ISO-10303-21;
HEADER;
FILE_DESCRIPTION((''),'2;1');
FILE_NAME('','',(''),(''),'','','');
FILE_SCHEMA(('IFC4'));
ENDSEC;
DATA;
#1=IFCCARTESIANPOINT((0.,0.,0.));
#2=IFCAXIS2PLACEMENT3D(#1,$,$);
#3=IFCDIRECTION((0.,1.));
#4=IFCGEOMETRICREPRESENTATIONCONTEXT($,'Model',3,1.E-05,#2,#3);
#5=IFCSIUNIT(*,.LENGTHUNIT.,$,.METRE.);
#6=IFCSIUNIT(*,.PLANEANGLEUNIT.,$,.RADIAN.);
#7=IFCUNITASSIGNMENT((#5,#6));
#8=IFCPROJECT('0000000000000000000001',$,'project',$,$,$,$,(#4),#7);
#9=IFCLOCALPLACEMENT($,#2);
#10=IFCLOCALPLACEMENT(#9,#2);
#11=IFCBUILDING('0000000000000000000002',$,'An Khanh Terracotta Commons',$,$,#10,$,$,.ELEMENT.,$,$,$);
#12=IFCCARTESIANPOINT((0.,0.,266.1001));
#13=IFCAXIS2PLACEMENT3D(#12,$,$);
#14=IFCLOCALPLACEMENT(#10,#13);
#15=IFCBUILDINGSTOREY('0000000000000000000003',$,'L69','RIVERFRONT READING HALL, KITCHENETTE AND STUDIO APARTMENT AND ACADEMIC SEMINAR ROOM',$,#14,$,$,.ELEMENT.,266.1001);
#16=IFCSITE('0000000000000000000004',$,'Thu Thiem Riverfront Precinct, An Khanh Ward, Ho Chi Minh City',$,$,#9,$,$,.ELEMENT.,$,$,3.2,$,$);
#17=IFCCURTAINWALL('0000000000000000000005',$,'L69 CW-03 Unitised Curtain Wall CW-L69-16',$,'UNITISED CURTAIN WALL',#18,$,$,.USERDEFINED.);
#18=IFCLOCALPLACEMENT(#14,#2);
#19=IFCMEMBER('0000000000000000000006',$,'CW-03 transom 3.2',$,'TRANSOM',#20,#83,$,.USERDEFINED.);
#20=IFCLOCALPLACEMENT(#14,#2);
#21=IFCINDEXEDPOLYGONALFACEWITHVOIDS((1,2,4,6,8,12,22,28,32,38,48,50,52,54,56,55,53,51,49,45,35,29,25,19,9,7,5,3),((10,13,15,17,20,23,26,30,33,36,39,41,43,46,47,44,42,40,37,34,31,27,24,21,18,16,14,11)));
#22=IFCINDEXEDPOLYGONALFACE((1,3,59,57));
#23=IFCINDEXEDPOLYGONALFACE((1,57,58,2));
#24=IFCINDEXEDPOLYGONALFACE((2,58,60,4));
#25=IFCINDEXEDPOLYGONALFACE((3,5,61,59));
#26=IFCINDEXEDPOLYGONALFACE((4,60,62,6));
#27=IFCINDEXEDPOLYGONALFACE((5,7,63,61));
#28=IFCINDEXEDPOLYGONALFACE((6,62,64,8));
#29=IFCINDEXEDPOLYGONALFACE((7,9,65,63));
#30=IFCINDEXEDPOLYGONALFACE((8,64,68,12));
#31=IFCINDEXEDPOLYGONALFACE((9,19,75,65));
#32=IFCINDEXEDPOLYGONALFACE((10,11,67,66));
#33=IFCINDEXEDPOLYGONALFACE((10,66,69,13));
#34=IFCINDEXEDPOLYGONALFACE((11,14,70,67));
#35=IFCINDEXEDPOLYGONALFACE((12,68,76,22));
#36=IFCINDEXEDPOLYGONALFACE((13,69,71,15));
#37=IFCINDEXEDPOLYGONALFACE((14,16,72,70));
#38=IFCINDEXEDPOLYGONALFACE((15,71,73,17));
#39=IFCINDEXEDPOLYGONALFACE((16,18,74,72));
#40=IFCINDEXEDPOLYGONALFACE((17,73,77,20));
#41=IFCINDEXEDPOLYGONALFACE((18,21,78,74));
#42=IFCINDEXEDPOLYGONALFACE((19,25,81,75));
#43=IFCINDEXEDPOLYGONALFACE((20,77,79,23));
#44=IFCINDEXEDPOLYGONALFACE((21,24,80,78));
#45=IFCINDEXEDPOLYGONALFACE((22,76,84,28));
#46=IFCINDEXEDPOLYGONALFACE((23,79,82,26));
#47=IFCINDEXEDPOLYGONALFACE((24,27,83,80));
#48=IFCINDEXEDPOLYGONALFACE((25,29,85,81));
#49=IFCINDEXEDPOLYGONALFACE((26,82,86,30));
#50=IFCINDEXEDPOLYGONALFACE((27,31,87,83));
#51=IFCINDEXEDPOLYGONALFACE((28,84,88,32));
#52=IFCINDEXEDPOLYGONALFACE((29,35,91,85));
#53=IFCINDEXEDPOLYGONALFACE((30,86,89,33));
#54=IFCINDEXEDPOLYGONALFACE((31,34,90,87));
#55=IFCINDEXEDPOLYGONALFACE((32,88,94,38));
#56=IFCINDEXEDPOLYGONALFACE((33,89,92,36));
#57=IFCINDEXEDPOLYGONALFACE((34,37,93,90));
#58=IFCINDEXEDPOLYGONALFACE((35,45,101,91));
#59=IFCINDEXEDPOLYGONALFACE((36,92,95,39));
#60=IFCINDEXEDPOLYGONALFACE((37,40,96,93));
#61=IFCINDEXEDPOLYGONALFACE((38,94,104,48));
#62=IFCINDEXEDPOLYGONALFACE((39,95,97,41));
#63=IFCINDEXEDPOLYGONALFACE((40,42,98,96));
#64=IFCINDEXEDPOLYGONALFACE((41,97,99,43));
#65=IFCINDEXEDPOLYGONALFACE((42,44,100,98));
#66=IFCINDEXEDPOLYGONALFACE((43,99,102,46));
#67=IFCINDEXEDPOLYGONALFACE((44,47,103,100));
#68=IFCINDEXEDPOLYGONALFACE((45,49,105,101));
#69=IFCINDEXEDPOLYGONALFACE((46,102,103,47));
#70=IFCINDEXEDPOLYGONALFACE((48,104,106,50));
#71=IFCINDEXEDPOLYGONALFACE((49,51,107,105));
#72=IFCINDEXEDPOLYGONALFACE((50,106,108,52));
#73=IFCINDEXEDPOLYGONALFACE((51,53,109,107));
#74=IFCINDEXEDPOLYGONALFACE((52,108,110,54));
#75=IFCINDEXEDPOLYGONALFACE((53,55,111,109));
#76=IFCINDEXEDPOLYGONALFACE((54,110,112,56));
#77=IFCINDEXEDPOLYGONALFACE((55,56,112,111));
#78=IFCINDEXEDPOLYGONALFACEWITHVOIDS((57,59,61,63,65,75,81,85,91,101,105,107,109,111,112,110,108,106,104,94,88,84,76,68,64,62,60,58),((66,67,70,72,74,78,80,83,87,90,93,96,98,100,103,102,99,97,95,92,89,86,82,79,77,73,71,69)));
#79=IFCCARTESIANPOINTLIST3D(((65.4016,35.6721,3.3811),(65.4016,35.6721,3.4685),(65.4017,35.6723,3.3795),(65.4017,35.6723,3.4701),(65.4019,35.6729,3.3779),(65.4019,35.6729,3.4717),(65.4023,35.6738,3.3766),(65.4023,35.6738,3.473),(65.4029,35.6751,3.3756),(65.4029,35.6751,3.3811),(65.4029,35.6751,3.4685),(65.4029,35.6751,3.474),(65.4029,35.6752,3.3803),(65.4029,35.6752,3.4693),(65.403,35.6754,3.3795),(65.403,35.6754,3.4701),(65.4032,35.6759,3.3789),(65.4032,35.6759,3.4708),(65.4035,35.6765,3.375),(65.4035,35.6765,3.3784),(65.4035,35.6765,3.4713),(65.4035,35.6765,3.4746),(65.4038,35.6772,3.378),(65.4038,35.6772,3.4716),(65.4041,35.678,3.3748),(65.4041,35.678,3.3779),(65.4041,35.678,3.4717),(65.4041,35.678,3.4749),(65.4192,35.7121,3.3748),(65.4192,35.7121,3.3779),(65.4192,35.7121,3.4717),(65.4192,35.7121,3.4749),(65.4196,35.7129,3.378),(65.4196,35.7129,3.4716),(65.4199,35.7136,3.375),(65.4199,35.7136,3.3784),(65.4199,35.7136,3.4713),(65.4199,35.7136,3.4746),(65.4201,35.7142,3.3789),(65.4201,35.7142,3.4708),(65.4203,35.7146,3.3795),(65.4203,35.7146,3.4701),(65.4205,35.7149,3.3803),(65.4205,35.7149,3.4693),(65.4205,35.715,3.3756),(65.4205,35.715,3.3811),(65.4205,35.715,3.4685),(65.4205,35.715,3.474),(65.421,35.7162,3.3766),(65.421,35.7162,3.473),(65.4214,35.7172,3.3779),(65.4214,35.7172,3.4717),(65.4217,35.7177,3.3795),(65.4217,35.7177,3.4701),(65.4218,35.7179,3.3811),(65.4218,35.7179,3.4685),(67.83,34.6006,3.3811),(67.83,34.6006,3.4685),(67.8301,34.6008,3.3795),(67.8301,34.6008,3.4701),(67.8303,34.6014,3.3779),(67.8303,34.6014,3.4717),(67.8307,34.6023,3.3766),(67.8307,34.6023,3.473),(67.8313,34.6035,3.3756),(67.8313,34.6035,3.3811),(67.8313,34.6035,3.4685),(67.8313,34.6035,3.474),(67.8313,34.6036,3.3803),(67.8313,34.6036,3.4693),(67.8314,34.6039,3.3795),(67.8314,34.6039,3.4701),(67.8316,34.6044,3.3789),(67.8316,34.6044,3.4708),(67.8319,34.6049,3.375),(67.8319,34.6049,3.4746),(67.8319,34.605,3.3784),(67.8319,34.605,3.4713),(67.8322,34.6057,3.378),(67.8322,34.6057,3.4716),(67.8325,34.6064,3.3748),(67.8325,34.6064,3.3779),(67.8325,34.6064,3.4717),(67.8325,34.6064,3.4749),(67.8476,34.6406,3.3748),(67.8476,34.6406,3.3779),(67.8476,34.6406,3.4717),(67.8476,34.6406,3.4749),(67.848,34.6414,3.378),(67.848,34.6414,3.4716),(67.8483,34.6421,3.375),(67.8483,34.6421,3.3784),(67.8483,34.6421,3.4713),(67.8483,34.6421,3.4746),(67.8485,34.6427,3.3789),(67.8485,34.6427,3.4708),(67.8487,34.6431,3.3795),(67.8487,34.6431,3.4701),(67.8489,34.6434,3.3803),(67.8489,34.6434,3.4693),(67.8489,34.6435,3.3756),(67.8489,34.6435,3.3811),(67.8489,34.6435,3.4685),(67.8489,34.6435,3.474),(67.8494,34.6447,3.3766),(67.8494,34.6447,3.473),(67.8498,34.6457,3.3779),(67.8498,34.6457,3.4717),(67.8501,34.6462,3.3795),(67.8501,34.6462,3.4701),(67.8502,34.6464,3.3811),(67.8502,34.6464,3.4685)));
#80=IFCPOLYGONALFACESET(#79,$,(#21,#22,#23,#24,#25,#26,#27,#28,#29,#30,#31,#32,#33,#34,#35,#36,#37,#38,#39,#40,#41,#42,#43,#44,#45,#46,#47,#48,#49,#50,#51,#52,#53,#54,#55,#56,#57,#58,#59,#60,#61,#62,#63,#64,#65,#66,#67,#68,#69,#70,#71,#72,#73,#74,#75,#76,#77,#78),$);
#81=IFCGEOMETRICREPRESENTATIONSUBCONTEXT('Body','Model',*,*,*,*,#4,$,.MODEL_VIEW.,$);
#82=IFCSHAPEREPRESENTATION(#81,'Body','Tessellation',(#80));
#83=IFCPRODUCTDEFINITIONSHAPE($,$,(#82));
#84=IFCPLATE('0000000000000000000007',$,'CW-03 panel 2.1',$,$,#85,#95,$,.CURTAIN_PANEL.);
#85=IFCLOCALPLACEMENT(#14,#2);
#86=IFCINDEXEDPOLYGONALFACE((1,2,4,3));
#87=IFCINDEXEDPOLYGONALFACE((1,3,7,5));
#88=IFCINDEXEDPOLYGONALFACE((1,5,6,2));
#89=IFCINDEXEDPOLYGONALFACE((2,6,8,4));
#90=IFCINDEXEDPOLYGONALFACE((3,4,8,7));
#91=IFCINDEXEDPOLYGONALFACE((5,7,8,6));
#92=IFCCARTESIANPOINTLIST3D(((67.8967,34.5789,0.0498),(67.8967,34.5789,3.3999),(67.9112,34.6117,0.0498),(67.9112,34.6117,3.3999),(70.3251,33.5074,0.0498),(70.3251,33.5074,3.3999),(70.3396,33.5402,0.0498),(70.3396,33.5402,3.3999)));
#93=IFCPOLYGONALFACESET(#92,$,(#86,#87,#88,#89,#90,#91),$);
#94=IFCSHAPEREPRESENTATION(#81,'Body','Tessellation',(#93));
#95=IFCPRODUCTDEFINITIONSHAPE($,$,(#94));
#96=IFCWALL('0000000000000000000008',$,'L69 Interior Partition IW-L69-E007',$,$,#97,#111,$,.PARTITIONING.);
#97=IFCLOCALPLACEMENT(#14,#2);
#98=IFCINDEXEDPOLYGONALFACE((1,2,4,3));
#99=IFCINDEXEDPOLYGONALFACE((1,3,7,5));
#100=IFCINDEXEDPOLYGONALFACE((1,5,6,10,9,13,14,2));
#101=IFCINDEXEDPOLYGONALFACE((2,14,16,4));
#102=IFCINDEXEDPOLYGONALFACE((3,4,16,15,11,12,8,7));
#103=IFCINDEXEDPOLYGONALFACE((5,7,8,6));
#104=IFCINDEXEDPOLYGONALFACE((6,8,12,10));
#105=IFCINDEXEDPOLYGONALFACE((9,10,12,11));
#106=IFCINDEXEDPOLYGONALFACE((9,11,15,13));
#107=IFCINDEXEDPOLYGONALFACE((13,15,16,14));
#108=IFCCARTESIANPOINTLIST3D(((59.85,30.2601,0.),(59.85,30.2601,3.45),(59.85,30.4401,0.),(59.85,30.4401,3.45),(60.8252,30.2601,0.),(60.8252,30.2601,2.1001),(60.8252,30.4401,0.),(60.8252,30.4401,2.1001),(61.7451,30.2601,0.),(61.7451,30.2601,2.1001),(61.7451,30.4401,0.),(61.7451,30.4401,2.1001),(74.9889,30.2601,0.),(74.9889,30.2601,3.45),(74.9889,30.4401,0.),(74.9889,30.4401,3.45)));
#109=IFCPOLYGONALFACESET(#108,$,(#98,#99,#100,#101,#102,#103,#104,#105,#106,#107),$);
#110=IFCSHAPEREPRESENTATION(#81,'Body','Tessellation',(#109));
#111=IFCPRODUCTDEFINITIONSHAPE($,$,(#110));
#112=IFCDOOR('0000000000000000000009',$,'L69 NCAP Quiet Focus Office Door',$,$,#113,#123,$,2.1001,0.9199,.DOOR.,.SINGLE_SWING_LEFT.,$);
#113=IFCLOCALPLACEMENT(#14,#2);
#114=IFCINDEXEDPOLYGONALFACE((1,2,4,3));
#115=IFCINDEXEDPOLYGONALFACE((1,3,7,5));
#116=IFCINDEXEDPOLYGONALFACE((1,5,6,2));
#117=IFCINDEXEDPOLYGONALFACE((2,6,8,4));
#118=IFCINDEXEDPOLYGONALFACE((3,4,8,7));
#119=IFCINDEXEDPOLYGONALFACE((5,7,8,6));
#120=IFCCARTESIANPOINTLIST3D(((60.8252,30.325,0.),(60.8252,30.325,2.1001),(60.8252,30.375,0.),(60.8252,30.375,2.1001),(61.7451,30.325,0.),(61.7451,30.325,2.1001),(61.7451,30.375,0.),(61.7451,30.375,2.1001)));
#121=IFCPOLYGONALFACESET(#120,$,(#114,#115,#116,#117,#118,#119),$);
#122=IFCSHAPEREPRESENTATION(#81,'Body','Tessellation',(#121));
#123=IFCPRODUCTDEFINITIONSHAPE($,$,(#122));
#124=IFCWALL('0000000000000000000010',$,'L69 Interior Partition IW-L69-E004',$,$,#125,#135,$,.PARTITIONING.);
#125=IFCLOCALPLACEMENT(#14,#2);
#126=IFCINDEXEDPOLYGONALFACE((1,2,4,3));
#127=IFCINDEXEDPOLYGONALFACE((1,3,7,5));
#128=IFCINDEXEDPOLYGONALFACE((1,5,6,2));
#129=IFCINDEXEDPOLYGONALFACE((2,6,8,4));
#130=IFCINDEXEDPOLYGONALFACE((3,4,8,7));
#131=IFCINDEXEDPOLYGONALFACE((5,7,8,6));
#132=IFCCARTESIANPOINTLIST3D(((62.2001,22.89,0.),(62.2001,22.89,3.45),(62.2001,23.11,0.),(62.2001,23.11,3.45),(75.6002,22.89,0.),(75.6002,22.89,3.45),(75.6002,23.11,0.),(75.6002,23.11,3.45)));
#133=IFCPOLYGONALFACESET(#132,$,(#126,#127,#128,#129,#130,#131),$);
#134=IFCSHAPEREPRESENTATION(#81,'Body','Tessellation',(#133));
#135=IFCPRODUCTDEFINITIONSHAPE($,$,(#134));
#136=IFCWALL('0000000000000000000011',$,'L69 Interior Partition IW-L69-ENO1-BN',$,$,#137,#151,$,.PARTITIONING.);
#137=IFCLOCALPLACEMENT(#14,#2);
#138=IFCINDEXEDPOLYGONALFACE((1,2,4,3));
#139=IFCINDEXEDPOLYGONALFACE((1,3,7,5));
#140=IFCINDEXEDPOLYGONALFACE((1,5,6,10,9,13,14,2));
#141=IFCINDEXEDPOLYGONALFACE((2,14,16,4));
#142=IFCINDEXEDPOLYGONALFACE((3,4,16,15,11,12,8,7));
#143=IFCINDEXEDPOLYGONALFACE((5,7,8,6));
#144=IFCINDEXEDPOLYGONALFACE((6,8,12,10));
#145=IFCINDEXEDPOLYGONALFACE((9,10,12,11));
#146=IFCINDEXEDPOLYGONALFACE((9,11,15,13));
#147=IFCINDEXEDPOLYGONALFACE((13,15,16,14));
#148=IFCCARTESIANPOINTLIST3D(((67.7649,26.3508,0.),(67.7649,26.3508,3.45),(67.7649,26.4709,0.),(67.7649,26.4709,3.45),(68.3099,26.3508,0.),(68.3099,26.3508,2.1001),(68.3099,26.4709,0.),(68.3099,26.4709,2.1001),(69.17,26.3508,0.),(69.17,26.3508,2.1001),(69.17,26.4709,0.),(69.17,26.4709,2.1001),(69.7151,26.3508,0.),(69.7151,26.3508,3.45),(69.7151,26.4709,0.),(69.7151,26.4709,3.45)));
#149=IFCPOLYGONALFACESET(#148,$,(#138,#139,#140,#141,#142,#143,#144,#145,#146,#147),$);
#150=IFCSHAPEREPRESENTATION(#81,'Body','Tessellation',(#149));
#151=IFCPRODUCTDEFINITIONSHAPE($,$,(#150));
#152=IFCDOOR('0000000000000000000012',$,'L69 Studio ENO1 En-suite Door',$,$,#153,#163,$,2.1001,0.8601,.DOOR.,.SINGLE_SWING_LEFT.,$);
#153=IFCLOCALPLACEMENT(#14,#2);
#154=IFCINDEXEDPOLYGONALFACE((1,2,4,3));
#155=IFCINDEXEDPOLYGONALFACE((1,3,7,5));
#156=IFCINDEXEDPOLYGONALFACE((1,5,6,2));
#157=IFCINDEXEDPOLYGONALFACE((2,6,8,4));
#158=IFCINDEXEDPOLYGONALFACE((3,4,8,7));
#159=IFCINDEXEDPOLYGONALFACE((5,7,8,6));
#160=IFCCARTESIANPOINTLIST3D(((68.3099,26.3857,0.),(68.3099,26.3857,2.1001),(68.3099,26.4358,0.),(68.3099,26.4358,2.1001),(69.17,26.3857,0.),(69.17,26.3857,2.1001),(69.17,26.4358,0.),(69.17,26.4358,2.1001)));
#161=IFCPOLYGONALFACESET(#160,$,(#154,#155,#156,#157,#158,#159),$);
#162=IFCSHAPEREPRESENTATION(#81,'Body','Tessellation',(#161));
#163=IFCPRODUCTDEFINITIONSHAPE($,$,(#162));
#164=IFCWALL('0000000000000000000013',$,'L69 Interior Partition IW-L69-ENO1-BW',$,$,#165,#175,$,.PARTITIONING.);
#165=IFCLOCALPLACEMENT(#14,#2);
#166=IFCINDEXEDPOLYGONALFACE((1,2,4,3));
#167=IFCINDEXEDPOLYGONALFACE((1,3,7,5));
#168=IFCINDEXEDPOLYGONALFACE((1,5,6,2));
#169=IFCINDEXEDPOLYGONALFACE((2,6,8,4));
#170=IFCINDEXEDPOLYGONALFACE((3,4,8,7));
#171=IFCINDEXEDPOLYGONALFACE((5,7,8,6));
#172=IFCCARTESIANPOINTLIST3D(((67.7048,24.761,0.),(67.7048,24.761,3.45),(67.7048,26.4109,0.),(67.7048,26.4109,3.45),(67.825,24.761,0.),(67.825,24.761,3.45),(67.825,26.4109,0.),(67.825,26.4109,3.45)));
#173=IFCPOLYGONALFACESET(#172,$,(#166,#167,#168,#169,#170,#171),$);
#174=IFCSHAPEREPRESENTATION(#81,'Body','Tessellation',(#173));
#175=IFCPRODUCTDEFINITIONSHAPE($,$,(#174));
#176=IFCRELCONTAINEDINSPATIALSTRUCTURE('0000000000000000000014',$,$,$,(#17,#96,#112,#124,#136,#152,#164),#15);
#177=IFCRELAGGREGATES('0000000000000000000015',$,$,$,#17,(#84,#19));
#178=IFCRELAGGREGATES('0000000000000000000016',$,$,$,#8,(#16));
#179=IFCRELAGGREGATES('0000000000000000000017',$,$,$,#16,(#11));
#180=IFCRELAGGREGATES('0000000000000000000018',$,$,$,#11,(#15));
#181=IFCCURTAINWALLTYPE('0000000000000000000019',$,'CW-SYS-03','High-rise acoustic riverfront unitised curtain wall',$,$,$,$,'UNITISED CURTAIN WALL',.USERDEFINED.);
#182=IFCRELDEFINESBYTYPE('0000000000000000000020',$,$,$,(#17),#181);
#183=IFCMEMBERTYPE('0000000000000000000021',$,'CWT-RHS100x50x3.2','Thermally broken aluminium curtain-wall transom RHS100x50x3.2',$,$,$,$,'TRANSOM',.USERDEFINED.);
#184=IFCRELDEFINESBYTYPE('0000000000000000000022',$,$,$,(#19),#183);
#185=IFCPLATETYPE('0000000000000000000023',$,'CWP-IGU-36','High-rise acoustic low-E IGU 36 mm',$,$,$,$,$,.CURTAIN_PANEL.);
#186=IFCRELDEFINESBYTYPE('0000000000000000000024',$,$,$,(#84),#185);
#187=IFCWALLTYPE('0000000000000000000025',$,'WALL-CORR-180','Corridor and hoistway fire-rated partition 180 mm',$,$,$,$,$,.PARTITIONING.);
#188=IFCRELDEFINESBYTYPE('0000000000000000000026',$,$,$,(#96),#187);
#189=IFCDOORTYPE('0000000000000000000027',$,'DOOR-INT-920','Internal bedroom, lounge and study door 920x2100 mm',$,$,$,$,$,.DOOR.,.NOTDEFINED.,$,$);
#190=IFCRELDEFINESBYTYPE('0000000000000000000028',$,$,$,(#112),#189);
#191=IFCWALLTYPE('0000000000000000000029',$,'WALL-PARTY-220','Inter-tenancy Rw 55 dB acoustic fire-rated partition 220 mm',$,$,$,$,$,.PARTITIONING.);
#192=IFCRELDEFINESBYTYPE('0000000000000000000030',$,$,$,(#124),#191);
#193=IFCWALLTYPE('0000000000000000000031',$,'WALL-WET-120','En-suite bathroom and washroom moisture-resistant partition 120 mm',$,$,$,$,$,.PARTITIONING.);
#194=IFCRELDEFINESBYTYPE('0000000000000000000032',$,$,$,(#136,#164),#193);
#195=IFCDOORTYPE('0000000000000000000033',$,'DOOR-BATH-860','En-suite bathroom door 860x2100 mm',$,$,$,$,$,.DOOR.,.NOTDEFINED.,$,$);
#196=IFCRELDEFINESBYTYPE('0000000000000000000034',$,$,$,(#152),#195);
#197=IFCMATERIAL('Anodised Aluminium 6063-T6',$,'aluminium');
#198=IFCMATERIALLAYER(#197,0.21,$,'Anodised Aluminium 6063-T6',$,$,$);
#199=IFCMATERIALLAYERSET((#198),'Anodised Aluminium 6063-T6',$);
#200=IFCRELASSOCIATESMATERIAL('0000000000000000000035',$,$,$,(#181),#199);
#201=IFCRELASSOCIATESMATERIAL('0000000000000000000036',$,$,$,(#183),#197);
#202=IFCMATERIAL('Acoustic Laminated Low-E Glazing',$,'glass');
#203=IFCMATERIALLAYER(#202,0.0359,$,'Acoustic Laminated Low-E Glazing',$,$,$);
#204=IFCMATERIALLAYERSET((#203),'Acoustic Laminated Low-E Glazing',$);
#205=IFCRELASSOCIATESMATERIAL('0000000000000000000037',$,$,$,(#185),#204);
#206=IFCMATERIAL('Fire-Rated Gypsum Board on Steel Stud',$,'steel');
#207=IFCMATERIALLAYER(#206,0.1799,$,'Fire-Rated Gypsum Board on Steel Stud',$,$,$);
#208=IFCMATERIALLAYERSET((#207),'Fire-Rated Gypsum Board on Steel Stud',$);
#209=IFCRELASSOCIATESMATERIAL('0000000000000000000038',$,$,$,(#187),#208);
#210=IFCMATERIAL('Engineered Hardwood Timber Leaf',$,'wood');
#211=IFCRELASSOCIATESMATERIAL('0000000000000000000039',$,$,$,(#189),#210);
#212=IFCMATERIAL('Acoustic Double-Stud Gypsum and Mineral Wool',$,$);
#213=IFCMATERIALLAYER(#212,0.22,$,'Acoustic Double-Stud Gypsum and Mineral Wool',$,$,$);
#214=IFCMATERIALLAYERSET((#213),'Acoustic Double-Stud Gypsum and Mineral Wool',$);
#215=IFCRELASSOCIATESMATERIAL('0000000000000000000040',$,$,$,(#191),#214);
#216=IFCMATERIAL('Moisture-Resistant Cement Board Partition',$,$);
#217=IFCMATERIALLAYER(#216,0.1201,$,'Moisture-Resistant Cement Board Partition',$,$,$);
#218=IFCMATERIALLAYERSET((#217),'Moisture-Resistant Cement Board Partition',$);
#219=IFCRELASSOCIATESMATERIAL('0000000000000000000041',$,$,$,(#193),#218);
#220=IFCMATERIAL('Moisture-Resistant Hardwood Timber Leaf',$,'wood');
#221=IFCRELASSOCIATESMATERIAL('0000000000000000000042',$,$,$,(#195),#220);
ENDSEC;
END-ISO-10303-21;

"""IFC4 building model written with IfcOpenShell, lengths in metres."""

from ifc_helpers import new_model, si_unit, direction, frame, frame_2d, origin, origin_2d, place, context, subcontext, project, spatial, rectangle, hollow_rectangle, extrude, material, layer, layer_set, material_profile, profile_set, type_object, element, fill, aggregate, save


model = new_model("IFC4")

# Units and contexts
model_context = context("Model", 3, precision=1e-05, world=origin(), true_north=direction((0.0, 1.0)))
body_context = subcontext(model_context, "Body", "Model", "MODEL_VIEW")
ifc_project = project(units=[si_unit("LENGTHUNIT", "METRE"), si_unit("PLANEANGLEUNIT", "RADIAN")], contexts=[model_context])

# Site, building, storey
site_placement = place(None, origin())
site = spatial("IfcSite", under=ifc_project, at=site_placement, Name="Thu Thiem Riverfront Precinct, An Khanh Ward, Ho Chi Minh City", CompositionType="ELEMENT", RefElevation=3.2)
building_placement = place(site_placement, origin())
building = spatial("IfcBuilding", under=site, at=building_placement, Name="An Khanh Terracotta Commons", CompositionType="ELEMENT")
storey_placement = place(building_placement, frame((0.0, 0.0, 266.1001)))
storey = spatial("IfcBuildingStorey", under=building, at=storey_placement, Name="L69", Description="RIVERFRONT READING HALL, KITCHENETTE AND STUDIO APARTMENT AND ACADEMIC SEMINAR ROOM", CompositionType="ELEMENT", Elevation=266.1001)

# Curtain wall, member, plate
ifc_material_1 = material(Name="Anodised Aluminium 6063-T6", Category="aluminium")
ifc_layer_1 = layer(ifc_material_1, 0.21, Name="Anodised Aluminium 6063-T6")
ifc_layer_set_1 = layer_set([ifc_layer_1], Name="Anodised Aluminium 6063-T6")
curtain_wall_type = type_object("IfcCurtainWallType", Name="CW-SYS-03", Description="High-rise acoustic riverfront unitised curtain wall", ElementType="UNITISED CURTAIN WALL", PredefinedType="USERDEFINED", material=ifc_layer_set_1)
curtain_wall_placement = place(storey_placement, origin())
curtain_wall = element("IfcCurtainWall", 1, at=curtain_wall_placement, inside=storey, type_object=curtain_wall_type, Name="L69 CW-03 Unitised Curtain Wall CW-L69-16", ObjectType="UNITISED CURTAIN WALL", PredefinedType="USERDEFINED")
ifc_material_profile_1 = material_profile(ifc_material_1, hollow_rectangle(XDim=0.05, YDim=0.1001, WallThickness=0.0032, InnerFilletRadius=0.0032, OuterFilletRadius=0.0063, at=origin_2d()), Name="RHS100x50x3.2")
ifc_profile_set_1 = profile_set([ifc_material_profile_1], Name="Anodised Aluminium 6063-T6")
member_type_1 = type_object("IfcMemberType", Name="CWT-RHS100x50x3.2", Description="Thermally broken aluminium curtain-wall transom RHS100x50x3.2", ElementType="TRANSOM", PredefinedType="USERDEFINED", material=ifc_profile_set_1)
member_1_placement = place(storey_placement, frame((67.8401, 34.6235, 3.4248), z_axis=(-0.914897, 0.403688, 0.0), x_axis=(-0.403688, -0.914897, 0.0)))
member_1 = element("IfcMember", 2, at=member_1_placement, type_object=member_type_1, Name="CW-03 transom 3.2", ObjectType="TRANSOM", PredefinedType="USERDEFINED", context=body_context, shape_type="SweptSolid", body=[
    extrude(hollow_rectangle(XDim=0.05, YDim=0.1001, WallThickness=0.0032, InnerFilletRadius=0.0032, OuterFilletRadius=0.0063, at=origin_2d()), origin(), (0.0, 0.0, 1.0), 2.6543),
])
ifc_material_2 = material(Name="Acoustic Laminated Low-E Glazing", Category="glass")
ifc_layer_2 = layer(ifc_material_2, 0.0359, Name="Acoustic Laminated Low-E Glazing")
ifc_layer_set_2 = layer_set([ifc_layer_2], Name="Acoustic Laminated Low-E Glazing")
plate_type = type_object("IfcPlateType", Name="CWP-IGU-36", Description="High-rise acoustic low-E IGU 36 mm", PredefinedType="CURTAIN_PANEL", material=ifc_layer_set_2)
plate_placement = place(storey_placement, frame((69.1182, 34.0596, 0.0498), z_axis=(0.0, 0.0, 1.0), x_axis=(-0.914902, 0.403676, 0.0)))
plate = element("IfcPlate", 3, at=plate_placement, type_object=plate_type, Name="CW-03 panel 2.1", PredefinedType="CURTAIN_PANEL", context=body_context, shape_type="SweptSolid", body=[
    extrude(rectangle(XDim=2.6543, YDim=0.0359, at=origin_2d()), origin(), (0.0, 0.0, 1.0), 3.3501),
])
aggregate(curtain_wall, [plate, member_1])

# Wall, opening, door
ifc_material_3 = material(Name="Fire-Rated Gypsum Board on Steel Stud", Category="steel")
ifc_layer_3 = layer(ifc_material_3, 0.1799, Name="Fire-Rated Gypsum Board on Steel Stud")
ifc_layer_set_3 = layer_set([ifc_layer_3], Name="Fire-Rated Gypsum Board on Steel Stud")
wall_type_1 = type_object("IfcWallType", Name="WALL-CORR-180", Description="Corridor and hoistway fire-rated partition 180 mm", PredefinedType="PARTITIONING", material=ifc_layer_set_3)
wall_1_placement = place(storey_placement, frame((59.8501, 30.3501, 0.0), z_axis=(0.0, 0.0, 1.0), x_axis=(1.0, 0.0, 0.0)))
wall_1 = element("IfcWall", 4, at=wall_1_placement, inside=storey, type_object=wall_type_1, Name="L69 Interior Partition IW-L69-E007", PredefinedType="PARTITIONING", context=body_context, shape_type="SweptSolid", body=[
    extrude(rectangle(XDim=15.1389, YDim=0.1799, at=frame_2d((7.5693, 0.0))), origin(), (0.0, 0.0, 1.0), 3.45),
])
opening_1_placement = place(wall_1_placement, frame((0.9751, 0.0, 0.0)))
opening_1 = element("IfcOpeningElement", 5, at=opening_1_placement, cuts=wall_1, PredefinedType="OPENING", context=body_context, shape_type="SweptSolid", body=[
    extrude(rectangle(XDim=0.9199, YDim=2.1001, at=frame_2d((0.46, 1.05))), frame((0.0, 0.0999, 0.0), z_axis=(0.0, -1.0, 0.0), x_axis=(1.0, 0.0, 0.0)), (0.0, 0.0, 1.0), 0.2),
])
ifc_material_4 = material(Name="Engineered Hardwood Timber Leaf", Category="wood")
door_type_1 = type_object("IfcDoorType", Name="DOOR-INT-920", Description="Internal bedroom, lounge and study door 920x2100 mm", OperationType="NOTDEFINED", PredefinedType="DOOR", material=ifc_material_4)
door_1_placement = place(opening_1_placement, origin())
door_1 = element("IfcDoor", 6, at=door_1_placement, inside=storey, type_object=door_type_1, Name="L69 NCAP Quiet Focus Office Door", OperationType="SINGLE_SWING_LEFT", OverallHeight=2.1001, OverallWidth=0.9199, PredefinedType="DOOR", context=body_context, shape_type="SweptSolid", body=[
    extrude(rectangle(XDim=0.9199, YDim=2.1001, at=frame_2d((0.46, 1.05))), frame((0.0, 0.0249, 0.0), z_axis=(0.0, -1.0, 0.0), x_axis=(1.0, 0.0, 0.0)), (0.0, 0.0, 1.0), 0.05),
])
fill(opening_1, door_1)

# Wall
ifc_material_5 = material(Name="Acoustic Double-Stud Gypsum and Mineral Wool")
ifc_layer_4 = layer(ifc_material_5, 0.22, Name="Acoustic Double-Stud Gypsum and Mineral Wool")
ifc_layer_set_4 = layer_set([ifc_layer_4], Name="Acoustic Double-Stud Gypsum and Mineral Wool")
wall_type_2 = type_object("IfcWallType", Name="WALL-PARTY-220", Description="Inter-tenancy Rw 55 dB acoustic fire-rated partition 220 mm", PredefinedType="PARTITIONING", material=ifc_layer_set_4)
wall_2_placement = place(storey_placement, frame((62.2, 23.0, 0.0), z_axis=(0.0, 0.0, 1.0), x_axis=(1.0, 0.0, 0.0)))
element("IfcWall", 7, at=wall_2_placement, inside=storey, type_object=wall_type_2, Name="L69 Interior Partition IW-L69-E004", PredefinedType="PARTITIONING", context=body_context, shape_type="SweptSolid", body=[
    extrude(rectangle(XDim=13.4001, YDim=0.22, at=frame_2d((6.7002, 0.0))), origin(), (0.0, 0.0, 1.0), 3.45),
])

# Wall, opening, door
ifc_material_6 = material(Name="Moisture-Resistant Cement Board Partition")
ifc_layer_5 = layer(ifc_material_6, 0.1201, Name="Moisture-Resistant Cement Board Partition")
ifc_layer_set_5 = layer_set([ifc_layer_5], Name="Moisture-Resistant Cement Board Partition")
wall_type_3 = type_object("IfcWallType", Name="WALL-WET-120", Description="En-suite bathroom and washroom moisture-resistant partition 120 mm", PredefinedType="PARTITIONING", material=ifc_layer_set_5)
wall_3_placement = place(storey_placement, frame((67.7649, 26.4109, 0.0), z_axis=(0.0, 0.0, 1.0), x_axis=(1.0, 0.0, 0.0)))
wall_3 = element("IfcWall", 8, at=wall_3_placement, inside=storey, type_object=wall_type_3, Name="L69 Interior Partition IW-L69-ENO1-BN", PredefinedType="PARTITIONING", context=body_context, shape_type="SweptSolid", body=[
    extrude(rectangle(XDim=1.9502, YDim=0.1201, at=frame_2d((0.9751, 0.0))), origin(), (0.0, 0.0, 1.0), 3.45),
])
opening_2_placement = place(wall_3_placement, frame((0.5449, 0.0, 0.0)))
opening_2 = element("IfcOpeningElement", 9, at=opening_2_placement, cuts=wall_3, PredefinedType="OPENING", context=body_context, shape_type="SweptSolid", body=[
    extrude(rectangle(XDim=0.8601, YDim=2.1001, at=frame_2d((0.4302, 1.05))), frame((0.0, 0.0701, 0.0), z_axis=(0.0, -1.0, 0.0), x_axis=(1.0, 0.0, 0.0)), (0.0, 0.0, 1.0), 0.1401),
])
ifc_material_7 = material(Name="Moisture-Resistant Hardwood Timber Leaf", Category="wood")
door_type_2 = type_object("IfcDoorType", Name="DOOR-BATH-860", Description="En-suite bathroom door 860x2100 mm", OperationType="NOTDEFINED", PredefinedType="DOOR", material=ifc_material_7)
door_2_placement = place(opening_2_placement, origin())
door_2 = element("IfcDoor", 10, at=door_2_placement, inside=storey, type_object=door_type_2, Name="L69 Studio ENO1 En-suite Door", OperationType="SINGLE_SWING_LEFT", OverallHeight=2.1001, OverallWidth=0.8601, PredefinedType="DOOR", context=body_context, shape_type="SweptSolid", body=[
    extrude(rectangle(XDim=0.8601, YDim=2.1001, at=frame_2d((0.4302, 1.05))), frame((0.0, 0.0249, 0.0), z_axis=(0.0, -1.0, 0.0), x_axis=(1.0, 0.0, 0.0)), (0.0, 0.0, 1.0), 0.05),
])
fill(opening_2, door_2)

# Wall
wall_4_placement = place(storey_placement, frame((67.7649, 26.4109, 0.0), z_axis=(0.0, 0.0, 1.0), x_axis=(0.0, -1.0, 0.0)))
element("IfcWall", 11, at=wall_4_placement, inside=storey, type_object=wall_type_3, Name="L69 Interior Partition IW-L69-ENO1-BW", PredefinedType="PARTITIONING", context=body_context, shape_type="SweptSolid", body=[
    extrude(rectangle(XDim=1.6499, YDim=0.1201, at=frame_2d((0.825, 0.0))), origin(), (0.0, 0.0, 1.0), 3.45),
])

save(model, "model.ifc")
